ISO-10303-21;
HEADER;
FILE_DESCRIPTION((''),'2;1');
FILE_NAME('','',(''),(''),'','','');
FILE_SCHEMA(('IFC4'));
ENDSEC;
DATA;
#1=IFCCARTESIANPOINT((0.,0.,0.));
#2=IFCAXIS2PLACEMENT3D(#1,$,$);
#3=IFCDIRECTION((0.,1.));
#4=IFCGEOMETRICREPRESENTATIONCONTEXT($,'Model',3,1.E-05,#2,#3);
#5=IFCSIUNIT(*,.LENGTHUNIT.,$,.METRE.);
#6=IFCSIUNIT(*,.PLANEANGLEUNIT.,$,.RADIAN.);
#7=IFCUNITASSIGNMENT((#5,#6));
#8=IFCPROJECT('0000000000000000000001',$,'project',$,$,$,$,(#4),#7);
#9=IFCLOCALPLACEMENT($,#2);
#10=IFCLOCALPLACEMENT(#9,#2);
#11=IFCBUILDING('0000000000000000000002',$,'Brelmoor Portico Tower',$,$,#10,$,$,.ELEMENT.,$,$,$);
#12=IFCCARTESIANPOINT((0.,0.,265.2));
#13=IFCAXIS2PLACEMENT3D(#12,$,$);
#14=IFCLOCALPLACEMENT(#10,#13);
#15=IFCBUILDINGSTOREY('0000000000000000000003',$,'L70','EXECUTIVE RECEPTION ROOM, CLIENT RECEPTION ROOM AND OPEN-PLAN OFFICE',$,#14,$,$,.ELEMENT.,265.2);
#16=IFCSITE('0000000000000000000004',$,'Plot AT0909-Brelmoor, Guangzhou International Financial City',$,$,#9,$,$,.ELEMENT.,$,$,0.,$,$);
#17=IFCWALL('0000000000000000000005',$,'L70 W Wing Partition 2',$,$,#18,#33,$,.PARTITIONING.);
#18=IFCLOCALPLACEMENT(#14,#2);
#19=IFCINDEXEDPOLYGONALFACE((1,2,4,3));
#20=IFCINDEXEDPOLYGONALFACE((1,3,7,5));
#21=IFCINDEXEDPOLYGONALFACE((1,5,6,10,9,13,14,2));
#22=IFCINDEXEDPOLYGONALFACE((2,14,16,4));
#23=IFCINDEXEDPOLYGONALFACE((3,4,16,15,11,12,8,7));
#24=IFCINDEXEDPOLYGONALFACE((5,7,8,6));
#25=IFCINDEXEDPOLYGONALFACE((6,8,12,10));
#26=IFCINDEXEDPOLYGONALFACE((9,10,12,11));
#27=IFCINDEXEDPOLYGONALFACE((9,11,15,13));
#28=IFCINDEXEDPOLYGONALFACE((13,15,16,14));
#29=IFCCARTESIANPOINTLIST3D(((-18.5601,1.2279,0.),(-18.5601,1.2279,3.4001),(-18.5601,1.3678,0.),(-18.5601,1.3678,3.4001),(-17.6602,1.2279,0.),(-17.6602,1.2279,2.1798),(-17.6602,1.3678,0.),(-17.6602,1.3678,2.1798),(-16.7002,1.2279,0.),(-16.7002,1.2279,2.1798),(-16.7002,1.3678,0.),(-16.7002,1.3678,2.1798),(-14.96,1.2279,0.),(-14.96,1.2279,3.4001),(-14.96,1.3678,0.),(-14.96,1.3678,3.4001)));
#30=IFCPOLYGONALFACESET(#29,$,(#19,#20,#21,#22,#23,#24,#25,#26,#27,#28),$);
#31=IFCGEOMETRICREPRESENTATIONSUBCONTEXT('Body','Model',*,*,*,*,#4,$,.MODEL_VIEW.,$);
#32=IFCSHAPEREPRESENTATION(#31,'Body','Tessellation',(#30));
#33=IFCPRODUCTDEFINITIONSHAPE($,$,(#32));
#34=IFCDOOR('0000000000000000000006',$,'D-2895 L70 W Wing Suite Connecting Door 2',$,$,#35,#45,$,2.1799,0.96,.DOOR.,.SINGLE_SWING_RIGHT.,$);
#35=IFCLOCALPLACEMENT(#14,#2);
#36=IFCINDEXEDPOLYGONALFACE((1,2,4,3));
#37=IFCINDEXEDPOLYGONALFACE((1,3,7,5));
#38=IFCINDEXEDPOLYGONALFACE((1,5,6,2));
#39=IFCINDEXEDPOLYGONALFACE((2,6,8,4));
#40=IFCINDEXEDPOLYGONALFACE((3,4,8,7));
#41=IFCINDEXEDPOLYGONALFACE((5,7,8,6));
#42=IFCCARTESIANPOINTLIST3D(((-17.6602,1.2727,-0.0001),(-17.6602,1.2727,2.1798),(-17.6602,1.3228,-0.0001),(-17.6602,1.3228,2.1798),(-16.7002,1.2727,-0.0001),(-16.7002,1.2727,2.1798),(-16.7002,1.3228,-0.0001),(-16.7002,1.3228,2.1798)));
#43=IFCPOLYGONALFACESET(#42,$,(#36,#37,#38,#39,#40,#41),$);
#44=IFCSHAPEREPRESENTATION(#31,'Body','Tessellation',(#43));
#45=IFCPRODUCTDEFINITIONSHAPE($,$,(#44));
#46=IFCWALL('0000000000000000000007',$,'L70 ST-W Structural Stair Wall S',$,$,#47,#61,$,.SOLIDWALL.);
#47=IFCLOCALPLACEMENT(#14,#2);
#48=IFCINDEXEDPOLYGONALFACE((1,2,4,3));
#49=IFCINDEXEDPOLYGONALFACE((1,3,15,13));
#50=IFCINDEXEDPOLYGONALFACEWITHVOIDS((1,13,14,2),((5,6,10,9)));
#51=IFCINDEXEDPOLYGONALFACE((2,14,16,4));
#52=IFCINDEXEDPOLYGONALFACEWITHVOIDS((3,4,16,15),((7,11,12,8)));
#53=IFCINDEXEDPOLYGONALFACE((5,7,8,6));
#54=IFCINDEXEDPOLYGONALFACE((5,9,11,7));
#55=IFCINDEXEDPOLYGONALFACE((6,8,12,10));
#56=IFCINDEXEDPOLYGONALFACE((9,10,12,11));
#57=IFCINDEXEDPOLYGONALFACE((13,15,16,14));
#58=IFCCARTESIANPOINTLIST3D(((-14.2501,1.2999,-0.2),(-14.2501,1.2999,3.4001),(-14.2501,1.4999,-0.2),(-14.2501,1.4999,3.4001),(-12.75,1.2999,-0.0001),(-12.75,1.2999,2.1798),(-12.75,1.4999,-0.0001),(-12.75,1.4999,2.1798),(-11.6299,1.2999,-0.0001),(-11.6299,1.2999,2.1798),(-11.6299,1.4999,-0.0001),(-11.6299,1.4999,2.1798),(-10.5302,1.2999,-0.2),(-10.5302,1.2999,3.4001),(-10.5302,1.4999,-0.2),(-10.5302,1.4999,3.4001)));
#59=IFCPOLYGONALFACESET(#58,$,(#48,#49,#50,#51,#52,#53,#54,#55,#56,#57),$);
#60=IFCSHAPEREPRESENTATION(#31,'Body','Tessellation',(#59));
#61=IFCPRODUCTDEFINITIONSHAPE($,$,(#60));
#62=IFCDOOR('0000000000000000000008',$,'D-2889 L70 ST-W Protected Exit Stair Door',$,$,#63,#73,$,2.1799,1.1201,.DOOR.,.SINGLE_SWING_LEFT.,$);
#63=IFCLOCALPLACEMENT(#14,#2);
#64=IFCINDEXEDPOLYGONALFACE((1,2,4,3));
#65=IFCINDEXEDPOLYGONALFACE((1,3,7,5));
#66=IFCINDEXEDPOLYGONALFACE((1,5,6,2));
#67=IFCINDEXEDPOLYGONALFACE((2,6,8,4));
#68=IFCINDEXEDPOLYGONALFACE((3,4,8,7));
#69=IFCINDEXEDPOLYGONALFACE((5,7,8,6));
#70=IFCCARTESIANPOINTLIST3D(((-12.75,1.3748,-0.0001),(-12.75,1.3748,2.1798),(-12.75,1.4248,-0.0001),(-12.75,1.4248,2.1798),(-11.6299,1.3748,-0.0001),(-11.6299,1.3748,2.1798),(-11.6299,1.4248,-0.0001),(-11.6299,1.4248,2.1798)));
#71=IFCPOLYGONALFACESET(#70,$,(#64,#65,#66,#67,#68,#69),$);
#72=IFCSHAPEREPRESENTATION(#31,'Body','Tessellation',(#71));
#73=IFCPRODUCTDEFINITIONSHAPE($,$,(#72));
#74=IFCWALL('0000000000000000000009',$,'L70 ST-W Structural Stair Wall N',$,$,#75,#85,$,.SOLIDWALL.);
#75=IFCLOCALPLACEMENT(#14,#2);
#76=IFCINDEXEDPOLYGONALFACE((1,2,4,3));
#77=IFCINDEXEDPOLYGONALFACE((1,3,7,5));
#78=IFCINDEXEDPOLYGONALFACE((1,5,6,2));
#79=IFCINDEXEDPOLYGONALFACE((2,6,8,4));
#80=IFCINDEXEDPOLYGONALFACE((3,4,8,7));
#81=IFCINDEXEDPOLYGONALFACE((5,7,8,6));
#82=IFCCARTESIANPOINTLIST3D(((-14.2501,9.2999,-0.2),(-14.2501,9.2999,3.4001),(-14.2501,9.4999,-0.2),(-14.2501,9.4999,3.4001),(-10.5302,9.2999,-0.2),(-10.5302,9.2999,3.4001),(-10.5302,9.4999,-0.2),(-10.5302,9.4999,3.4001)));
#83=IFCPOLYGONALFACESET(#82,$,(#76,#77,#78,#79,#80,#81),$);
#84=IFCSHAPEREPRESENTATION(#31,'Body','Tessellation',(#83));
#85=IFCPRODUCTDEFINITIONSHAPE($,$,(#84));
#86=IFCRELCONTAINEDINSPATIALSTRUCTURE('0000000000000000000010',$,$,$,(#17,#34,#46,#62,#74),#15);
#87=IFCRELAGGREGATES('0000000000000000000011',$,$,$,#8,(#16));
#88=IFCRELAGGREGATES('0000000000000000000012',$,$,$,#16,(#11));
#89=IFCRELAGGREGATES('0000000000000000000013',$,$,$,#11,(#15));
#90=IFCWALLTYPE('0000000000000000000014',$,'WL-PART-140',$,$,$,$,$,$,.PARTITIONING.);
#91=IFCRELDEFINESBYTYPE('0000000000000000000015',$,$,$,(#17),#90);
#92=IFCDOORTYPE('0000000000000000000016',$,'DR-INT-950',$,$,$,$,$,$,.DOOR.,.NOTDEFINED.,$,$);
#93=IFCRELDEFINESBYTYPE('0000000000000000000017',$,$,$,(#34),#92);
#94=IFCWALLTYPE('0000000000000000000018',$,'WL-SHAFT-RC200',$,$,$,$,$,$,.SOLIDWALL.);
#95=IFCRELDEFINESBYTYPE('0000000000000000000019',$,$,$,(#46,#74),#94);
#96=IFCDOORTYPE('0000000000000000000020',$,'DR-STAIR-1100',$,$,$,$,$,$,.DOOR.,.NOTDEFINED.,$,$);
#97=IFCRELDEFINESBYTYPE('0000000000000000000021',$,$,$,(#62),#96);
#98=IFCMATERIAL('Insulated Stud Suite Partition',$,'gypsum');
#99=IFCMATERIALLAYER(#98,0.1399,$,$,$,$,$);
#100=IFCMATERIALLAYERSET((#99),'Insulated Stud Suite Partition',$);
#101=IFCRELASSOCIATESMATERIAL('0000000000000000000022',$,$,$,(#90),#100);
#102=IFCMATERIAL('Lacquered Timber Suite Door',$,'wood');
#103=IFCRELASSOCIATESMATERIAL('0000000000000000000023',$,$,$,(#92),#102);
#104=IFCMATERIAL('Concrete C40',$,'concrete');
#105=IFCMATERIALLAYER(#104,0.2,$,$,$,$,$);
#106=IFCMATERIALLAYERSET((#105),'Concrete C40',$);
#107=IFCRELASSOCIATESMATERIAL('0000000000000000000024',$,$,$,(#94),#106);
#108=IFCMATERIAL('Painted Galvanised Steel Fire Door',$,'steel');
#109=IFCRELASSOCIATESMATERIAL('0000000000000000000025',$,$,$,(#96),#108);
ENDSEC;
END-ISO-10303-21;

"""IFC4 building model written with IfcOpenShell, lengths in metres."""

from ifc_helpers import new_model, si_unit, direction, frame, frame_2d, origin, place, context, subcontext, project, spatial, rectangle, extrude, material, layer, layer_set, type_object, element, fill, save


model = new_model("IFC4")

# Units and contexts
model_context = context("Model", 3, precision=1e-05, world=origin(), true_north=direction((0.0, 1.0)))
body_context = subcontext(model_context, "Body", "Model", "MODEL_VIEW")
ifc_project = project(units=[si_unit("LENGTHUNIT", "METRE"), si_unit("PLANEANGLEUNIT", "RADIAN")], contexts=[model_context])

# Site, building, storey
site_placement = place(None, origin())
site = spatial("IfcSite", under=ifc_project, at=site_placement, Name="Plot AT0909-Brelmoor, Guangzhou International Financial City", CompositionType="ELEMENT", RefElevation=0.0)
building_placement = place(site_placement, origin())
building = spatial("IfcBuilding", under=site, at=building_placement, Name="Brelmoor Portico Tower", CompositionType="ELEMENT")
storey_placement = place(building_placement, frame((0.0, 0.0, 265.2)))
storey = spatial("IfcBuildingStorey", under=building, at=storey_placement, Name="L70", Description="EXECUTIVE RECEPTION ROOM, CLIENT RECEPTION ROOM AND OPEN-PLAN OFFICE", CompositionType="ELEMENT", Elevation=265.2)

# Walls, openings, doors
ifc_material_1 = material(Name="Insulated Stud Suite Partition", Category="gypsum")
ifc_layer_1 = layer(ifc_material_1, 0.1399)
ifc_layer_set_1 = layer_set([ifc_layer_1], Name="Insulated Stud Suite Partition")
wall_type_1 = type_object("IfcWallType", Name="WL-PART-140", PredefinedType="PARTITIONING", material=ifc_layer_set_1)
wall_1_placement = place(storey_placement, frame((-18.5601, 1.2979, 0.0), z_axis=(0.0, 0.0, 1.0), x_axis=(1.0, 0.0, 0.0)))
wall_1 = element("IfcWall", 1, at=wall_1_placement, inside=storey, type_object=wall_type_1, Name="L70 W Wing Partition 2", PredefinedType="PARTITIONING", context=body_context, shape_type="SweptSolid", body=[
    extrude(rectangle(XDim=3.6001, YDim=0.1399, at=frame_2d((1.8, 0.0))), origin(), (0.0, 0.0, 1.0), 3.4001),
])
opening_1_placement = place(wall_1_placement, frame((0.8999, 0.0, 0.0)))
opening_1 = element("IfcOpeningElement", 2, at=opening_1_placement, cuts=wall_1, PredefinedType="OPENING", context=body_context, shape_type="SweptSolid", body=[
    extrude(rectangle(XDim=0.96, YDim=2.1799, at=frame_2d((0.48, 1.0898))), frame((0.0, 0.0798, 0.0), z_axis=(0.0, -1.0, 0.0), x_axis=(1.0, 0.0, 0.0)), (0.0, 0.0, 1.0), 0.1599),
])
ifc_material_2 = material(Name="Lacquered Timber Suite Door", Category="wood")
door_type_1 = type_object("IfcDoorType", Name="DR-INT-950", OperationType="NOTDEFINED", PredefinedType="DOOR", material=ifc_material_2)
door_1_placement = place(opening_1_placement, origin())
door_1 = element("IfcDoor", 3, at=door_1_placement, inside=storey, type_object=door_type_1, Name="D-2895 L70 W Wing Suite Connecting Door 2", OperationType="SINGLE_SWING_RIGHT", OverallHeight=2.1799, OverallWidth=0.96, PredefinedType="DOOR", context=body_context, shape_type="SweptSolid", body=[
    extrude(rectangle(XDim=0.96, YDim=2.1799, at=frame_2d((0.48, 1.0898))), frame((0.0, 0.0249, 0.0), z_axis=(0.0, -1.0, 0.0), x_axis=(1.0, 0.0, 0.0)), (0.0, 0.0, 1.0), 0.05),
])
fill(opening_1, door_1)
ifc_material_3 = material(Name="Concrete C40", Category="concrete")
ifc_layer_2 = layer(ifc_material_3, 0.2)
ifc_layer_set_2 = layer_set([ifc_layer_2], Name="Concrete C40")
wall_type_2 = type_object("IfcWallType", Name="WL-SHAFT-RC200", PredefinedType="SOLIDWALL", material=ifc_layer_set_2)
wall_2_placement = place(storey_placement, frame((-14.25, 1.3999, -0.2), z_axis=(0.0, 0.0, 1.0), x_axis=(1.0, 0.0, 0.0)))
wall_2 = element("IfcWall", 4, at=wall_2_placement, inside=storey, type_object=wall_type_2, Name="L70 ST-W Structural Stair Wall S", PredefinedType="SOLIDWALL", context=body_context, shape_type="SweptSolid", body=[
    extrude(rectangle(XDim=3.72, YDim=0.2, at=frame_2d((1.8599, 0.0))), origin(), (0.0, 0.0, 1.0), 3.6001),
])
opening_2_placement = place(wall_2_placement, frame((1.5, 0.0, 0.2)))
opening_2 = element("IfcOpeningElement", 5, at=opening_2_placement, cuts=wall_2, PredefinedType="OPENING", context=body_context, shape_type="SweptSolid", body=[
    extrude(rectangle(XDim=1.1201, YDim=2.1799, at=frame_2d((0.5601, 1.0898))), frame((0.0, 0.1099, 0.0), z_axis=(0.0, -1.0, 0.0), x_axis=(1.0, 0.0, 0.0)), (0.0, 0.0, 1.0), 0.22),
])
ifc_material_4 = material(Name="Painted Galvanised Steel Fire Door", Category="steel")
door_type_2 = type_object("IfcDoorType", Name="DR-STAIR-1100", OperationType="NOTDEFINED", PredefinedType="DOOR", material=ifc_material_4)
door_2_placement = place(opening_2_placement, origin())
door_2 = element("IfcDoor", 6, at=door_2_placement, inside=storey, type_object=door_type_2, Name="D-2889 L70 ST-W Protected Exit Stair Door", OperationType="SINGLE_SWING_LEFT", OverallHeight=2.1799, OverallWidth=1.1201, PredefinedType="DOOR", context=body_context, shape_type="SweptSolid", body=[
    extrude(rectangle(XDim=1.1201, YDim=2.1799, at=frame_2d((0.5601, 1.0898))), frame((0.0, 0.0249, 0.0), z_axis=(0.0, -1.0, 0.0), x_axis=(1.0, 0.0, 0.0)), (0.0, 0.0, 1.0), 0.05),
])
fill(opening_2, door_2)

# Wall
wall_3_placement = place(storey_placement, frame((-14.25, 9.3999, -0.2), z_axis=(0.0, 0.0, 1.0), x_axis=(1.0, 0.0, 0.0)))
element("IfcWall", 7, at=wall_3_placement, inside=storey, type_object=wall_type_2, Name="L70 ST-W Structural Stair Wall N", PredefinedType="SOLIDWALL", context=body_context, shape_type="SweptSolid", body=[
    extrude(rectangle(XDim=3.72, YDim=0.2, at=frame_2d((1.8599, 0.0))), origin(), (0.0, 0.0, 1.0), 3.6001),
])

save(model, "model.ifc")
